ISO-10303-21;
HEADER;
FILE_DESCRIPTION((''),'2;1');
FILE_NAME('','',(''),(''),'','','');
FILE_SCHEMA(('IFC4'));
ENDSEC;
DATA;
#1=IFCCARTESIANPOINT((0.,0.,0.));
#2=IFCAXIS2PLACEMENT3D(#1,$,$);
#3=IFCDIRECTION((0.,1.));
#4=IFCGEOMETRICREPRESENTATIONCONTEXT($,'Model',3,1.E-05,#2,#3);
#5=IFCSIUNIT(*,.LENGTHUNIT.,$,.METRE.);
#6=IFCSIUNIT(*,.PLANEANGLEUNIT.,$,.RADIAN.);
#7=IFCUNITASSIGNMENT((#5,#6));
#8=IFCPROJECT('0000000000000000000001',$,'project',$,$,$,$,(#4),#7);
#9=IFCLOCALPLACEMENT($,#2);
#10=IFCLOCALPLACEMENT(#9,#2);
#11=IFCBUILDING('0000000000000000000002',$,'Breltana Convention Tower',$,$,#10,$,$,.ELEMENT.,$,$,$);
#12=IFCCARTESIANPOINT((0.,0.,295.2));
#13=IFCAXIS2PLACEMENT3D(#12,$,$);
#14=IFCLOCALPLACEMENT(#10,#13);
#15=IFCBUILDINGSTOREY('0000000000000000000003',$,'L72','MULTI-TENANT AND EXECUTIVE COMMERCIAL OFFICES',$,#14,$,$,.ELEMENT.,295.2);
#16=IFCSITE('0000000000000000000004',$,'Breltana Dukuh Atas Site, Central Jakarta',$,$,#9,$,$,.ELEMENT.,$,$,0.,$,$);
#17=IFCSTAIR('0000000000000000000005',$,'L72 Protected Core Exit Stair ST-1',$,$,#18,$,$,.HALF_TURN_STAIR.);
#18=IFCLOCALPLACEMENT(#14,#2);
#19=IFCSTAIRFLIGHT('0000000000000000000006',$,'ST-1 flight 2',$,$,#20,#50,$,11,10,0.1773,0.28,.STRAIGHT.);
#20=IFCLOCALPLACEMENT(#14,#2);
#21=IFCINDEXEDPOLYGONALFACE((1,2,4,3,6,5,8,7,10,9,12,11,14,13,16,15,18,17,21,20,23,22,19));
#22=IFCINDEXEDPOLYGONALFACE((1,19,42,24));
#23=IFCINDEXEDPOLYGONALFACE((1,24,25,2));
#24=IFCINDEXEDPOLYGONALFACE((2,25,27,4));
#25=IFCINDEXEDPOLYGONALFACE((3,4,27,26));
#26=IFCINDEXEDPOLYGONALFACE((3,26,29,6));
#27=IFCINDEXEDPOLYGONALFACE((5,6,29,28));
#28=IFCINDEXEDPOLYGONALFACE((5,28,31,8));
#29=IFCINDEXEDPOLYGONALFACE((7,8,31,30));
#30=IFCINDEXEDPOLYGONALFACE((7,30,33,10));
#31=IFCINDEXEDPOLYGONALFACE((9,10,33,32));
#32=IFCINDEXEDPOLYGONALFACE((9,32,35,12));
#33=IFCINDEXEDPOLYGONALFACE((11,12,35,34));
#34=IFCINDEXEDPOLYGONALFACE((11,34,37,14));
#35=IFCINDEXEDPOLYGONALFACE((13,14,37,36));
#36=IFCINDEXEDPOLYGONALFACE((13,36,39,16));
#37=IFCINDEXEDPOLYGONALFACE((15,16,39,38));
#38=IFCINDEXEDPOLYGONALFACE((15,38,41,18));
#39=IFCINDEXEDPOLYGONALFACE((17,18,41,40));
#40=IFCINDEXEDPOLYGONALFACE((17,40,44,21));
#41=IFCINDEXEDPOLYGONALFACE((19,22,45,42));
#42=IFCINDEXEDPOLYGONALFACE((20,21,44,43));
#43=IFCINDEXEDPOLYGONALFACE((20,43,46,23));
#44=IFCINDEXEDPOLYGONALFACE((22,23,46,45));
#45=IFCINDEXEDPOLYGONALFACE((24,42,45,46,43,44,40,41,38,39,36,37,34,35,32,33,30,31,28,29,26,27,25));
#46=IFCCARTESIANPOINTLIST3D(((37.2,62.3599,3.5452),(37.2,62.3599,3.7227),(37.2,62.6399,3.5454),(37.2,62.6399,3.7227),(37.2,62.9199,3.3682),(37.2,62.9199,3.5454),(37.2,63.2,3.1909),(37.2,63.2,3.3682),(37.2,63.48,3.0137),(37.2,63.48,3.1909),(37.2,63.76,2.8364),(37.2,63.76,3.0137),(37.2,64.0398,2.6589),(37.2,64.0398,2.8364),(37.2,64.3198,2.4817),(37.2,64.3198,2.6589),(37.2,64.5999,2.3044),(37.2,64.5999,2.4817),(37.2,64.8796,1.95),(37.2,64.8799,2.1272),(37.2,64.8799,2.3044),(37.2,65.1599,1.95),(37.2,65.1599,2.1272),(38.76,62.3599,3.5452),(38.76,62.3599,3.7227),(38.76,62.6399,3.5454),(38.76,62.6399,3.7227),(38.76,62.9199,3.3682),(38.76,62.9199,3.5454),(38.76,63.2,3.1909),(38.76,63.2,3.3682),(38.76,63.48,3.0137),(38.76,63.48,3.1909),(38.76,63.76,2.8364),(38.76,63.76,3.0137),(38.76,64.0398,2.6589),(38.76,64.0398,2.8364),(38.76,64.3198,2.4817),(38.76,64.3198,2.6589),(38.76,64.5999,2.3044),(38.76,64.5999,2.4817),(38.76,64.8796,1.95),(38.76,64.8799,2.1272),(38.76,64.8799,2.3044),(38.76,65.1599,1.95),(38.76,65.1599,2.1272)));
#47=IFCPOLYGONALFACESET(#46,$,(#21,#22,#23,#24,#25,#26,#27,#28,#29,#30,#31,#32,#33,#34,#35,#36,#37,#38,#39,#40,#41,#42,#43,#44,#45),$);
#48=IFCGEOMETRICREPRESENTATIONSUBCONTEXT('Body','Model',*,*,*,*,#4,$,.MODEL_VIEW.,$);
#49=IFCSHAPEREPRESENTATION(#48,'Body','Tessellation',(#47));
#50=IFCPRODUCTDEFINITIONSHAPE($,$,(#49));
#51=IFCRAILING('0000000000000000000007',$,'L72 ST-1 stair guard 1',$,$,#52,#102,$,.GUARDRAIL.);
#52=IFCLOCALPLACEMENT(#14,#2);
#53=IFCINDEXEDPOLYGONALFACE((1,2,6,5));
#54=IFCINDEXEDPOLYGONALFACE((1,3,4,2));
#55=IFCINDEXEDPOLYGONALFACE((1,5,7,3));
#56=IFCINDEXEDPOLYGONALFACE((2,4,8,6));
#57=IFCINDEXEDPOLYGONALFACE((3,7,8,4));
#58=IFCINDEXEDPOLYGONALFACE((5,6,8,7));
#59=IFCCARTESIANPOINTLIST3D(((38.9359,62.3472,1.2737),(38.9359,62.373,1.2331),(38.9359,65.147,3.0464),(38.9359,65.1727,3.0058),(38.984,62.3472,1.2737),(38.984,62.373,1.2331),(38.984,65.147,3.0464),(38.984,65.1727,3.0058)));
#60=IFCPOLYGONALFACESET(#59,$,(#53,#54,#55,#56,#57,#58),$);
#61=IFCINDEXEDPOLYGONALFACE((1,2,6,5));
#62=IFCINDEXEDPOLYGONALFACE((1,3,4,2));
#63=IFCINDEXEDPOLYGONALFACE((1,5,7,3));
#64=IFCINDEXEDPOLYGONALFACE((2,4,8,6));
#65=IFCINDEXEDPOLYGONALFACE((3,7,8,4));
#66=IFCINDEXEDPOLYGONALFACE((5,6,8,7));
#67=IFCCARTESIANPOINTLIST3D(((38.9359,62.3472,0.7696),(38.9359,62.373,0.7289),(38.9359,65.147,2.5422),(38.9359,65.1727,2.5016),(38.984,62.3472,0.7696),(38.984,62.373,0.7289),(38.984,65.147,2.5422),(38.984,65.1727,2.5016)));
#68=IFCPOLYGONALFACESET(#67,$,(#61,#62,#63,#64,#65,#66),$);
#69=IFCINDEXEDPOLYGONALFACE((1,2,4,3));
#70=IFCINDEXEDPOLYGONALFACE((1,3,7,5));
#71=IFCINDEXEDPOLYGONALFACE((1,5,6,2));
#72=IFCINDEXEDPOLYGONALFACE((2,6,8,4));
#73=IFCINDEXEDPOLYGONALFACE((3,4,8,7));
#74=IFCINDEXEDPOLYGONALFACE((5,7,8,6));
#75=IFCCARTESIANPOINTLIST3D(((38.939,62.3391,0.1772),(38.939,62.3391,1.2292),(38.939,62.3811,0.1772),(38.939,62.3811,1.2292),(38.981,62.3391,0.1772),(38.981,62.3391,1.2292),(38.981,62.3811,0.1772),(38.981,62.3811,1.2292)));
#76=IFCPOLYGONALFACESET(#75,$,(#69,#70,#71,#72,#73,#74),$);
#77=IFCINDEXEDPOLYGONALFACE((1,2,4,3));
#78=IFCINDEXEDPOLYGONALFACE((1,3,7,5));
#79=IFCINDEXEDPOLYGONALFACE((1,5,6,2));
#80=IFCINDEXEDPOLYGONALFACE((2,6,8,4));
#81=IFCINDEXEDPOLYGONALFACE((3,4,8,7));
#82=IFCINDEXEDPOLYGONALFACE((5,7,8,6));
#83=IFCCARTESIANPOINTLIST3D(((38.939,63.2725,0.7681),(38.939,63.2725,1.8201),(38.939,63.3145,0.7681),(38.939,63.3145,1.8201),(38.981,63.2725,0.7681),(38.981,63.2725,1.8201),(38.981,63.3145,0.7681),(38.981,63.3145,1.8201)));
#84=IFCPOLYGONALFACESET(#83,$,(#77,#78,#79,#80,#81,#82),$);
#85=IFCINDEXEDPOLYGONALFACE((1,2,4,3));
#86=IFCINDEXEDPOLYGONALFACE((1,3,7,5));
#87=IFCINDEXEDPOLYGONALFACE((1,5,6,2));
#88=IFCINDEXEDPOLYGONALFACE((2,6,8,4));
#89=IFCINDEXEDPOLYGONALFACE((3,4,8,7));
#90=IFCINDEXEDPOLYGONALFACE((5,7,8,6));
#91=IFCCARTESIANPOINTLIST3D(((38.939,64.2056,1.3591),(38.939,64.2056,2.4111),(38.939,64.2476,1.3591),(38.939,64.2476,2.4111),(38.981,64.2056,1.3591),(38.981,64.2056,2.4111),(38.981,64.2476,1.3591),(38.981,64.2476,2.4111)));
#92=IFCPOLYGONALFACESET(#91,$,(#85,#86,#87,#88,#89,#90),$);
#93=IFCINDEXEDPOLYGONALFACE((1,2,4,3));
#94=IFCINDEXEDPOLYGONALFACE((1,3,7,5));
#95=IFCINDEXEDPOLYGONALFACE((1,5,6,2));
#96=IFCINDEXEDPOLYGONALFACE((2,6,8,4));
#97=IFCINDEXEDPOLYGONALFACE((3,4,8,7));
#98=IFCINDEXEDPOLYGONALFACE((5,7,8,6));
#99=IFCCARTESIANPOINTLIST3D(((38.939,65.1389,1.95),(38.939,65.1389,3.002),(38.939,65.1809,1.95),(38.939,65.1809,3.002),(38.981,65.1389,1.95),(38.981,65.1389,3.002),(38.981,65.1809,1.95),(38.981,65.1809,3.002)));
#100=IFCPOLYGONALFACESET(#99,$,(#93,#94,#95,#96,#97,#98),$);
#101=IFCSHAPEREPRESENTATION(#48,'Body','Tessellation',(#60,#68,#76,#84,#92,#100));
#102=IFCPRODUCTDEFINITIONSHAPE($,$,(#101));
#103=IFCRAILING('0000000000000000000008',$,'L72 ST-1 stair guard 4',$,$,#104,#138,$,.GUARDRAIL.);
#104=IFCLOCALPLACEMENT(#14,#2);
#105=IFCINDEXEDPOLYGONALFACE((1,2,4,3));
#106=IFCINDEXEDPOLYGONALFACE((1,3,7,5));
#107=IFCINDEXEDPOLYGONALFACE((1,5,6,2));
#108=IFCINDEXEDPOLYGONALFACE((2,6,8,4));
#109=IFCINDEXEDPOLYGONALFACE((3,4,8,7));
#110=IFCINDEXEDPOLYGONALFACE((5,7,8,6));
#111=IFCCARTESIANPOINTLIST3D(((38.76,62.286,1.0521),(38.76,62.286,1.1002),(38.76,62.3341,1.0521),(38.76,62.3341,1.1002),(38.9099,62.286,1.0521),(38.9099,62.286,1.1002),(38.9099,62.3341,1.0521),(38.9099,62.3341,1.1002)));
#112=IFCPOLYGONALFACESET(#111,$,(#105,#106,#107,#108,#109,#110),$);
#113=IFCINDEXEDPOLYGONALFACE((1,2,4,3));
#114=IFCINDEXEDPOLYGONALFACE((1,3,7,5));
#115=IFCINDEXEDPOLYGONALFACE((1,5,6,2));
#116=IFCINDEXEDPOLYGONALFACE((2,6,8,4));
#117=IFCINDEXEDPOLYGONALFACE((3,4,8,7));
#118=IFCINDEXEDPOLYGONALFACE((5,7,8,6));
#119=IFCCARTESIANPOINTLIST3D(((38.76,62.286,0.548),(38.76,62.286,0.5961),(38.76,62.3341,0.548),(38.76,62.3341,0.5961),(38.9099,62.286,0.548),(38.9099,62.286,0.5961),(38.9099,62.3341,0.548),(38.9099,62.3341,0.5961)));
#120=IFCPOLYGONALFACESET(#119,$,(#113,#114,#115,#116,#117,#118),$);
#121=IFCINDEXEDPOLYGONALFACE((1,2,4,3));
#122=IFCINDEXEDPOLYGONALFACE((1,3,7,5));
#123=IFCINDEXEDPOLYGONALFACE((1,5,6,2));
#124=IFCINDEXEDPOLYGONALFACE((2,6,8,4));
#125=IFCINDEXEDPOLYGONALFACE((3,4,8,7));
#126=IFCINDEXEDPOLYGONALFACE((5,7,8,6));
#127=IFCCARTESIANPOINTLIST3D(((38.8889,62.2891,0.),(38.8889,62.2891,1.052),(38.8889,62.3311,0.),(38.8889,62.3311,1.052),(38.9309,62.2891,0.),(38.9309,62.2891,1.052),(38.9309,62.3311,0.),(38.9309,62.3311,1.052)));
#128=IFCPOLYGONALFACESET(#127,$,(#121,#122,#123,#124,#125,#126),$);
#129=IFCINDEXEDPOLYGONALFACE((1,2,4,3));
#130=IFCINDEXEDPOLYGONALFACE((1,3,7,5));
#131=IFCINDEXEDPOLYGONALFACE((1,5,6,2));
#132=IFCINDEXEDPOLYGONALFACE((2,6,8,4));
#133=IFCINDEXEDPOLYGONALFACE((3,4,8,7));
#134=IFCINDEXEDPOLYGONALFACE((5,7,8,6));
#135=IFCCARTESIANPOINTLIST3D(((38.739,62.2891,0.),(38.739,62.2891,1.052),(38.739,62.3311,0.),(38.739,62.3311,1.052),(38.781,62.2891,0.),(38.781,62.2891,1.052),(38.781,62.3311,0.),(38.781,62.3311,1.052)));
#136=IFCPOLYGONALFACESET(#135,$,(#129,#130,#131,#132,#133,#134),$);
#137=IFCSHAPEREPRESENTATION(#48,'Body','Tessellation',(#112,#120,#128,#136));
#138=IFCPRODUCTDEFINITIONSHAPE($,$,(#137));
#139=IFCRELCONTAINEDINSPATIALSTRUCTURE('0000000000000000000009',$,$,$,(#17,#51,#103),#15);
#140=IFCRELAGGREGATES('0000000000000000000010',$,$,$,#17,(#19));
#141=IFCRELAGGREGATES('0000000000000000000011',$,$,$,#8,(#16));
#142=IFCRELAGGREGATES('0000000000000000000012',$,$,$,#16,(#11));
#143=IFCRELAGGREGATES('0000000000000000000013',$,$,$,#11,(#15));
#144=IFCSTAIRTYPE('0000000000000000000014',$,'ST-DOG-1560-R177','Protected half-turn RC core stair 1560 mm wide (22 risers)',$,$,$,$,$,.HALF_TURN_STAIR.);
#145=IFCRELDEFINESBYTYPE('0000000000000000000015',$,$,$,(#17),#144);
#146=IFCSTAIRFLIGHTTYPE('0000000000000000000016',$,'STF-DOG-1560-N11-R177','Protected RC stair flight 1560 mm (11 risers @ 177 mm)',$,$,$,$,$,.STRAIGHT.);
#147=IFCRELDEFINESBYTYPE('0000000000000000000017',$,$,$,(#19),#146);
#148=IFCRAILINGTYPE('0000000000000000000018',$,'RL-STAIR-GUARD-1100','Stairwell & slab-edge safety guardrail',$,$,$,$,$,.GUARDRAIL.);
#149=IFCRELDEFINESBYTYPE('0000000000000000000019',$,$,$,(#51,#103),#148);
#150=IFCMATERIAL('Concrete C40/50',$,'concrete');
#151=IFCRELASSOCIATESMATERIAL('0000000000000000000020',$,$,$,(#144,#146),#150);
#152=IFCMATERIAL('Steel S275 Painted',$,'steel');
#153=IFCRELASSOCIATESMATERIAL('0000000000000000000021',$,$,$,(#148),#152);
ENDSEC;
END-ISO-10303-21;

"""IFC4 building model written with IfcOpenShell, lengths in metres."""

from ifc_helpers import new_model, si_unit, direction, frame, origin, origin_2d, place, context, subcontext, project, spatial, polyline, rectangle, outline, extrude, material, type_object, element, aggregate, save


model = new_model("IFC4")

# Units and contexts
model_context = context("Model", 3, precision=1e-05, world=origin(), true_north=direction((0.0, 1.0)))
body_context = subcontext(model_context, "Body", "Model", "MODEL_VIEW")
ifc_project = project(units=[si_unit("LENGTHUNIT", "METRE"), si_unit("PLANEANGLEUNIT", "RADIAN")], contexts=[model_context])

# Site, building, storey
site_placement = place(None, origin())
site = spatial("IfcSite", under=ifc_project, at=site_placement, Name="Breltana Dukuh Atas Site, Central Jakarta", CompositionType="ELEMENT", RefElevation=0.0)
building_placement = place(site_placement, origin())
building = spatial("IfcBuilding", under=site, at=building_placement, Name="Breltana Convention Tower", CompositionType="ELEMENT")
storey_placement = place(building_placement, frame((0.0, 0.0, 295.2)))
storey = spatial("IfcBuildingStorey", under=building, at=storey_placement, Name="L72", Description="MULTI-TENANT AND EXECUTIVE COMMERCIAL OFFICES", CompositionType="ELEMENT", Elevation=295.2)

# Stair, stair flight
ifc_material_1 = material(Name="Concrete C40/50", Category="concrete")
stair_type = type_object("IfcStairType", Name="ST-DOG-1560-R177", Description="Protected half-turn RC core stair 1560 mm wide (22 risers)", PredefinedType="HALF_TURN_STAIR", material=ifc_material_1)
stair_placement = place(storey_placement, origin())
stair = element("IfcStair", 1, at=stair_placement, inside=storey, type_object=stair_type, Name="L72 Protected Core Exit Stair ST-1", PredefinedType="HALF_TURN_STAIR")
stair_flight_type = type_object("IfcStairFlightType", Name="STF-DOG-1560-N11-R177", Description="Protected RC stair flight 1560 mm (11 risers @ 177 mm)", PredefinedType="STRAIGHT", material=ifc_material_1)
stair_flight_placement = place(storey_placement, frame((37.98, 65.1599, 1.95), z_axis=(0.0, 0.0, 1.0), x_axis=(0.0, -1.0, 0.0)))
stair_flight = element("IfcStairFlight", 2, at=stair_flight_placement, type_object=stair_flight_type, Name="ST-1 flight 2", NumberOfRisers=11, NumberOfTreads=10, PredefinedType="STRAIGHT", RiserHeight=0.1773, TreadLength=0.28, context=body_context, shape_type="SweptSolid", body=[
    extrude(outline(polyline([(0.0, 0.0), (0.0, 0.1772), (0.28, 0.1772), (0.28, 0.3545), (0.5601, 0.3545), (0.5601, 0.5317), (0.8401, 0.5317), (0.8401, 0.709), (1.1201, 0.709), (1.1201, 0.8865), (1.3999, 0.8865), (1.3999, 1.0637), (1.6799, 1.0637), (1.6799, 1.241), (1.96, 1.241), (1.96, 1.4182), (2.24, 1.4182), (2.24, 1.5955), (2.52, 1.5955), (2.52, 1.7727), (2.8, 1.7727), (2.8, 1.95), (2.8, 1.5952), (0.2803, 0.0), (0.0, 0.0)])), frame((0.0, 0.78, 0.0), z_axis=(0.0, -1.0, 0.0), x_axis=(1.0, 0.0, 0.0)), (0.0, 0.0, 1.0), 1.5601),
])
aggregate(stair, [stair_flight])

# Railings
ifc_material_2 = material(Name="Steel S275 Painted", Category="steel")
railing_type = type_object("IfcRailingType", Name="RL-STAIR-GUARD-1100", Description="Stairwell & slab-edge safety guardrail", PredefinedType="GUARDRAIL", material=ifc_material_2)
railing_1_placement = place(storey_placement, frame((38.96, 62.3601, 0.1772)))
element("IfcRailing", 3, at=railing_1_placement, inside=storey, type_object=railing_type, Name="L72 ST-1 stair guard 1", PredefinedType="GUARDRAIL", context=body_context, shape_type="SweptSolid", body=[
    extrude(rectangle(XDim=0.0481, YDim=0.0481, at=origin_2d()), frame((0.0, 0.0, 1.0762), z_axis=(0.0, 0.844888, 0.534943), x_axis=(-1.0, 0.0, 0.0)), (0.0, 0.0, 1.0), 3.3137),
    extrude(rectangle(XDim=0.0481, YDim=0.0481, at=origin_2d()), frame((0.0, 0.0, 0.572), z_axis=(0.0, 0.844888, 0.534943), x_axis=(-1.0, 0.0, 0.0)), (0.0, 0.0, 1.0), 3.3137),
    extrude(rectangle(XDim=0.042, YDim=0.042, at=origin_2d()), origin(), (0.0, 0.0, 1.0), 1.052),
    extrude(rectangle(XDim=0.042, YDim=0.042, at=origin_2d()), frame((0.0, 0.9333, 0.5908)), (0.0, 0.0, 1.0), 1.052),
    extrude(rectangle(XDim=0.042, YDim=0.042, at=origin_2d()), frame((0.0, 1.8665, 1.1819)), (0.0, 0.0, 1.0), 1.052),
    extrude(rectangle(XDim=0.042, YDim=0.042, at=origin_2d()), frame((0.0, 2.7998, 1.7727)), (0.0, 0.0, 1.0), 1.052),
])
railing_2_placement = place(storey_placement, frame((38.9099, 62.3101, 0.0)))
element("IfcRailing", 4, at=railing_2_placement, inside=storey, type_object=railing_type, Name="L72 ST-1 stair guard 4", PredefinedType="GUARDRAIL", context=body_context, shape_type="SweptSolid", body=[
    extrude(rectangle(XDim=0.0481, YDim=0.0481, at=origin_2d()), frame((0.0, 0.0, 1.0762), z_axis=(-1.0, 0.0, 0.0), x_axis=(0.0, -1.0, 0.0)), (0.0, 0.0, 1.0), 0.1499),
    extrude(rectangle(XDim=0.0481, YDim=0.0481, at=origin_2d()), frame((0.0, 0.0, 0.572), z_axis=(-1.0, 0.0, 0.0), x_axis=(0.0, -1.0, 0.0)), (0.0, 0.0, 1.0), 0.1499),
    extrude(rectangle(XDim=0.042, YDim=0.042, at=origin_2d()), origin(), (0.0, 0.0, 1.0), 1.052),
    extrude(rectangle(XDim=0.042, YDim=0.042, at=origin_2d()), frame((-0.1499, 0.0, 0.0)), (0.0, 0.0, 1.0), 1.052),
])

save(model, "model.ifc")
